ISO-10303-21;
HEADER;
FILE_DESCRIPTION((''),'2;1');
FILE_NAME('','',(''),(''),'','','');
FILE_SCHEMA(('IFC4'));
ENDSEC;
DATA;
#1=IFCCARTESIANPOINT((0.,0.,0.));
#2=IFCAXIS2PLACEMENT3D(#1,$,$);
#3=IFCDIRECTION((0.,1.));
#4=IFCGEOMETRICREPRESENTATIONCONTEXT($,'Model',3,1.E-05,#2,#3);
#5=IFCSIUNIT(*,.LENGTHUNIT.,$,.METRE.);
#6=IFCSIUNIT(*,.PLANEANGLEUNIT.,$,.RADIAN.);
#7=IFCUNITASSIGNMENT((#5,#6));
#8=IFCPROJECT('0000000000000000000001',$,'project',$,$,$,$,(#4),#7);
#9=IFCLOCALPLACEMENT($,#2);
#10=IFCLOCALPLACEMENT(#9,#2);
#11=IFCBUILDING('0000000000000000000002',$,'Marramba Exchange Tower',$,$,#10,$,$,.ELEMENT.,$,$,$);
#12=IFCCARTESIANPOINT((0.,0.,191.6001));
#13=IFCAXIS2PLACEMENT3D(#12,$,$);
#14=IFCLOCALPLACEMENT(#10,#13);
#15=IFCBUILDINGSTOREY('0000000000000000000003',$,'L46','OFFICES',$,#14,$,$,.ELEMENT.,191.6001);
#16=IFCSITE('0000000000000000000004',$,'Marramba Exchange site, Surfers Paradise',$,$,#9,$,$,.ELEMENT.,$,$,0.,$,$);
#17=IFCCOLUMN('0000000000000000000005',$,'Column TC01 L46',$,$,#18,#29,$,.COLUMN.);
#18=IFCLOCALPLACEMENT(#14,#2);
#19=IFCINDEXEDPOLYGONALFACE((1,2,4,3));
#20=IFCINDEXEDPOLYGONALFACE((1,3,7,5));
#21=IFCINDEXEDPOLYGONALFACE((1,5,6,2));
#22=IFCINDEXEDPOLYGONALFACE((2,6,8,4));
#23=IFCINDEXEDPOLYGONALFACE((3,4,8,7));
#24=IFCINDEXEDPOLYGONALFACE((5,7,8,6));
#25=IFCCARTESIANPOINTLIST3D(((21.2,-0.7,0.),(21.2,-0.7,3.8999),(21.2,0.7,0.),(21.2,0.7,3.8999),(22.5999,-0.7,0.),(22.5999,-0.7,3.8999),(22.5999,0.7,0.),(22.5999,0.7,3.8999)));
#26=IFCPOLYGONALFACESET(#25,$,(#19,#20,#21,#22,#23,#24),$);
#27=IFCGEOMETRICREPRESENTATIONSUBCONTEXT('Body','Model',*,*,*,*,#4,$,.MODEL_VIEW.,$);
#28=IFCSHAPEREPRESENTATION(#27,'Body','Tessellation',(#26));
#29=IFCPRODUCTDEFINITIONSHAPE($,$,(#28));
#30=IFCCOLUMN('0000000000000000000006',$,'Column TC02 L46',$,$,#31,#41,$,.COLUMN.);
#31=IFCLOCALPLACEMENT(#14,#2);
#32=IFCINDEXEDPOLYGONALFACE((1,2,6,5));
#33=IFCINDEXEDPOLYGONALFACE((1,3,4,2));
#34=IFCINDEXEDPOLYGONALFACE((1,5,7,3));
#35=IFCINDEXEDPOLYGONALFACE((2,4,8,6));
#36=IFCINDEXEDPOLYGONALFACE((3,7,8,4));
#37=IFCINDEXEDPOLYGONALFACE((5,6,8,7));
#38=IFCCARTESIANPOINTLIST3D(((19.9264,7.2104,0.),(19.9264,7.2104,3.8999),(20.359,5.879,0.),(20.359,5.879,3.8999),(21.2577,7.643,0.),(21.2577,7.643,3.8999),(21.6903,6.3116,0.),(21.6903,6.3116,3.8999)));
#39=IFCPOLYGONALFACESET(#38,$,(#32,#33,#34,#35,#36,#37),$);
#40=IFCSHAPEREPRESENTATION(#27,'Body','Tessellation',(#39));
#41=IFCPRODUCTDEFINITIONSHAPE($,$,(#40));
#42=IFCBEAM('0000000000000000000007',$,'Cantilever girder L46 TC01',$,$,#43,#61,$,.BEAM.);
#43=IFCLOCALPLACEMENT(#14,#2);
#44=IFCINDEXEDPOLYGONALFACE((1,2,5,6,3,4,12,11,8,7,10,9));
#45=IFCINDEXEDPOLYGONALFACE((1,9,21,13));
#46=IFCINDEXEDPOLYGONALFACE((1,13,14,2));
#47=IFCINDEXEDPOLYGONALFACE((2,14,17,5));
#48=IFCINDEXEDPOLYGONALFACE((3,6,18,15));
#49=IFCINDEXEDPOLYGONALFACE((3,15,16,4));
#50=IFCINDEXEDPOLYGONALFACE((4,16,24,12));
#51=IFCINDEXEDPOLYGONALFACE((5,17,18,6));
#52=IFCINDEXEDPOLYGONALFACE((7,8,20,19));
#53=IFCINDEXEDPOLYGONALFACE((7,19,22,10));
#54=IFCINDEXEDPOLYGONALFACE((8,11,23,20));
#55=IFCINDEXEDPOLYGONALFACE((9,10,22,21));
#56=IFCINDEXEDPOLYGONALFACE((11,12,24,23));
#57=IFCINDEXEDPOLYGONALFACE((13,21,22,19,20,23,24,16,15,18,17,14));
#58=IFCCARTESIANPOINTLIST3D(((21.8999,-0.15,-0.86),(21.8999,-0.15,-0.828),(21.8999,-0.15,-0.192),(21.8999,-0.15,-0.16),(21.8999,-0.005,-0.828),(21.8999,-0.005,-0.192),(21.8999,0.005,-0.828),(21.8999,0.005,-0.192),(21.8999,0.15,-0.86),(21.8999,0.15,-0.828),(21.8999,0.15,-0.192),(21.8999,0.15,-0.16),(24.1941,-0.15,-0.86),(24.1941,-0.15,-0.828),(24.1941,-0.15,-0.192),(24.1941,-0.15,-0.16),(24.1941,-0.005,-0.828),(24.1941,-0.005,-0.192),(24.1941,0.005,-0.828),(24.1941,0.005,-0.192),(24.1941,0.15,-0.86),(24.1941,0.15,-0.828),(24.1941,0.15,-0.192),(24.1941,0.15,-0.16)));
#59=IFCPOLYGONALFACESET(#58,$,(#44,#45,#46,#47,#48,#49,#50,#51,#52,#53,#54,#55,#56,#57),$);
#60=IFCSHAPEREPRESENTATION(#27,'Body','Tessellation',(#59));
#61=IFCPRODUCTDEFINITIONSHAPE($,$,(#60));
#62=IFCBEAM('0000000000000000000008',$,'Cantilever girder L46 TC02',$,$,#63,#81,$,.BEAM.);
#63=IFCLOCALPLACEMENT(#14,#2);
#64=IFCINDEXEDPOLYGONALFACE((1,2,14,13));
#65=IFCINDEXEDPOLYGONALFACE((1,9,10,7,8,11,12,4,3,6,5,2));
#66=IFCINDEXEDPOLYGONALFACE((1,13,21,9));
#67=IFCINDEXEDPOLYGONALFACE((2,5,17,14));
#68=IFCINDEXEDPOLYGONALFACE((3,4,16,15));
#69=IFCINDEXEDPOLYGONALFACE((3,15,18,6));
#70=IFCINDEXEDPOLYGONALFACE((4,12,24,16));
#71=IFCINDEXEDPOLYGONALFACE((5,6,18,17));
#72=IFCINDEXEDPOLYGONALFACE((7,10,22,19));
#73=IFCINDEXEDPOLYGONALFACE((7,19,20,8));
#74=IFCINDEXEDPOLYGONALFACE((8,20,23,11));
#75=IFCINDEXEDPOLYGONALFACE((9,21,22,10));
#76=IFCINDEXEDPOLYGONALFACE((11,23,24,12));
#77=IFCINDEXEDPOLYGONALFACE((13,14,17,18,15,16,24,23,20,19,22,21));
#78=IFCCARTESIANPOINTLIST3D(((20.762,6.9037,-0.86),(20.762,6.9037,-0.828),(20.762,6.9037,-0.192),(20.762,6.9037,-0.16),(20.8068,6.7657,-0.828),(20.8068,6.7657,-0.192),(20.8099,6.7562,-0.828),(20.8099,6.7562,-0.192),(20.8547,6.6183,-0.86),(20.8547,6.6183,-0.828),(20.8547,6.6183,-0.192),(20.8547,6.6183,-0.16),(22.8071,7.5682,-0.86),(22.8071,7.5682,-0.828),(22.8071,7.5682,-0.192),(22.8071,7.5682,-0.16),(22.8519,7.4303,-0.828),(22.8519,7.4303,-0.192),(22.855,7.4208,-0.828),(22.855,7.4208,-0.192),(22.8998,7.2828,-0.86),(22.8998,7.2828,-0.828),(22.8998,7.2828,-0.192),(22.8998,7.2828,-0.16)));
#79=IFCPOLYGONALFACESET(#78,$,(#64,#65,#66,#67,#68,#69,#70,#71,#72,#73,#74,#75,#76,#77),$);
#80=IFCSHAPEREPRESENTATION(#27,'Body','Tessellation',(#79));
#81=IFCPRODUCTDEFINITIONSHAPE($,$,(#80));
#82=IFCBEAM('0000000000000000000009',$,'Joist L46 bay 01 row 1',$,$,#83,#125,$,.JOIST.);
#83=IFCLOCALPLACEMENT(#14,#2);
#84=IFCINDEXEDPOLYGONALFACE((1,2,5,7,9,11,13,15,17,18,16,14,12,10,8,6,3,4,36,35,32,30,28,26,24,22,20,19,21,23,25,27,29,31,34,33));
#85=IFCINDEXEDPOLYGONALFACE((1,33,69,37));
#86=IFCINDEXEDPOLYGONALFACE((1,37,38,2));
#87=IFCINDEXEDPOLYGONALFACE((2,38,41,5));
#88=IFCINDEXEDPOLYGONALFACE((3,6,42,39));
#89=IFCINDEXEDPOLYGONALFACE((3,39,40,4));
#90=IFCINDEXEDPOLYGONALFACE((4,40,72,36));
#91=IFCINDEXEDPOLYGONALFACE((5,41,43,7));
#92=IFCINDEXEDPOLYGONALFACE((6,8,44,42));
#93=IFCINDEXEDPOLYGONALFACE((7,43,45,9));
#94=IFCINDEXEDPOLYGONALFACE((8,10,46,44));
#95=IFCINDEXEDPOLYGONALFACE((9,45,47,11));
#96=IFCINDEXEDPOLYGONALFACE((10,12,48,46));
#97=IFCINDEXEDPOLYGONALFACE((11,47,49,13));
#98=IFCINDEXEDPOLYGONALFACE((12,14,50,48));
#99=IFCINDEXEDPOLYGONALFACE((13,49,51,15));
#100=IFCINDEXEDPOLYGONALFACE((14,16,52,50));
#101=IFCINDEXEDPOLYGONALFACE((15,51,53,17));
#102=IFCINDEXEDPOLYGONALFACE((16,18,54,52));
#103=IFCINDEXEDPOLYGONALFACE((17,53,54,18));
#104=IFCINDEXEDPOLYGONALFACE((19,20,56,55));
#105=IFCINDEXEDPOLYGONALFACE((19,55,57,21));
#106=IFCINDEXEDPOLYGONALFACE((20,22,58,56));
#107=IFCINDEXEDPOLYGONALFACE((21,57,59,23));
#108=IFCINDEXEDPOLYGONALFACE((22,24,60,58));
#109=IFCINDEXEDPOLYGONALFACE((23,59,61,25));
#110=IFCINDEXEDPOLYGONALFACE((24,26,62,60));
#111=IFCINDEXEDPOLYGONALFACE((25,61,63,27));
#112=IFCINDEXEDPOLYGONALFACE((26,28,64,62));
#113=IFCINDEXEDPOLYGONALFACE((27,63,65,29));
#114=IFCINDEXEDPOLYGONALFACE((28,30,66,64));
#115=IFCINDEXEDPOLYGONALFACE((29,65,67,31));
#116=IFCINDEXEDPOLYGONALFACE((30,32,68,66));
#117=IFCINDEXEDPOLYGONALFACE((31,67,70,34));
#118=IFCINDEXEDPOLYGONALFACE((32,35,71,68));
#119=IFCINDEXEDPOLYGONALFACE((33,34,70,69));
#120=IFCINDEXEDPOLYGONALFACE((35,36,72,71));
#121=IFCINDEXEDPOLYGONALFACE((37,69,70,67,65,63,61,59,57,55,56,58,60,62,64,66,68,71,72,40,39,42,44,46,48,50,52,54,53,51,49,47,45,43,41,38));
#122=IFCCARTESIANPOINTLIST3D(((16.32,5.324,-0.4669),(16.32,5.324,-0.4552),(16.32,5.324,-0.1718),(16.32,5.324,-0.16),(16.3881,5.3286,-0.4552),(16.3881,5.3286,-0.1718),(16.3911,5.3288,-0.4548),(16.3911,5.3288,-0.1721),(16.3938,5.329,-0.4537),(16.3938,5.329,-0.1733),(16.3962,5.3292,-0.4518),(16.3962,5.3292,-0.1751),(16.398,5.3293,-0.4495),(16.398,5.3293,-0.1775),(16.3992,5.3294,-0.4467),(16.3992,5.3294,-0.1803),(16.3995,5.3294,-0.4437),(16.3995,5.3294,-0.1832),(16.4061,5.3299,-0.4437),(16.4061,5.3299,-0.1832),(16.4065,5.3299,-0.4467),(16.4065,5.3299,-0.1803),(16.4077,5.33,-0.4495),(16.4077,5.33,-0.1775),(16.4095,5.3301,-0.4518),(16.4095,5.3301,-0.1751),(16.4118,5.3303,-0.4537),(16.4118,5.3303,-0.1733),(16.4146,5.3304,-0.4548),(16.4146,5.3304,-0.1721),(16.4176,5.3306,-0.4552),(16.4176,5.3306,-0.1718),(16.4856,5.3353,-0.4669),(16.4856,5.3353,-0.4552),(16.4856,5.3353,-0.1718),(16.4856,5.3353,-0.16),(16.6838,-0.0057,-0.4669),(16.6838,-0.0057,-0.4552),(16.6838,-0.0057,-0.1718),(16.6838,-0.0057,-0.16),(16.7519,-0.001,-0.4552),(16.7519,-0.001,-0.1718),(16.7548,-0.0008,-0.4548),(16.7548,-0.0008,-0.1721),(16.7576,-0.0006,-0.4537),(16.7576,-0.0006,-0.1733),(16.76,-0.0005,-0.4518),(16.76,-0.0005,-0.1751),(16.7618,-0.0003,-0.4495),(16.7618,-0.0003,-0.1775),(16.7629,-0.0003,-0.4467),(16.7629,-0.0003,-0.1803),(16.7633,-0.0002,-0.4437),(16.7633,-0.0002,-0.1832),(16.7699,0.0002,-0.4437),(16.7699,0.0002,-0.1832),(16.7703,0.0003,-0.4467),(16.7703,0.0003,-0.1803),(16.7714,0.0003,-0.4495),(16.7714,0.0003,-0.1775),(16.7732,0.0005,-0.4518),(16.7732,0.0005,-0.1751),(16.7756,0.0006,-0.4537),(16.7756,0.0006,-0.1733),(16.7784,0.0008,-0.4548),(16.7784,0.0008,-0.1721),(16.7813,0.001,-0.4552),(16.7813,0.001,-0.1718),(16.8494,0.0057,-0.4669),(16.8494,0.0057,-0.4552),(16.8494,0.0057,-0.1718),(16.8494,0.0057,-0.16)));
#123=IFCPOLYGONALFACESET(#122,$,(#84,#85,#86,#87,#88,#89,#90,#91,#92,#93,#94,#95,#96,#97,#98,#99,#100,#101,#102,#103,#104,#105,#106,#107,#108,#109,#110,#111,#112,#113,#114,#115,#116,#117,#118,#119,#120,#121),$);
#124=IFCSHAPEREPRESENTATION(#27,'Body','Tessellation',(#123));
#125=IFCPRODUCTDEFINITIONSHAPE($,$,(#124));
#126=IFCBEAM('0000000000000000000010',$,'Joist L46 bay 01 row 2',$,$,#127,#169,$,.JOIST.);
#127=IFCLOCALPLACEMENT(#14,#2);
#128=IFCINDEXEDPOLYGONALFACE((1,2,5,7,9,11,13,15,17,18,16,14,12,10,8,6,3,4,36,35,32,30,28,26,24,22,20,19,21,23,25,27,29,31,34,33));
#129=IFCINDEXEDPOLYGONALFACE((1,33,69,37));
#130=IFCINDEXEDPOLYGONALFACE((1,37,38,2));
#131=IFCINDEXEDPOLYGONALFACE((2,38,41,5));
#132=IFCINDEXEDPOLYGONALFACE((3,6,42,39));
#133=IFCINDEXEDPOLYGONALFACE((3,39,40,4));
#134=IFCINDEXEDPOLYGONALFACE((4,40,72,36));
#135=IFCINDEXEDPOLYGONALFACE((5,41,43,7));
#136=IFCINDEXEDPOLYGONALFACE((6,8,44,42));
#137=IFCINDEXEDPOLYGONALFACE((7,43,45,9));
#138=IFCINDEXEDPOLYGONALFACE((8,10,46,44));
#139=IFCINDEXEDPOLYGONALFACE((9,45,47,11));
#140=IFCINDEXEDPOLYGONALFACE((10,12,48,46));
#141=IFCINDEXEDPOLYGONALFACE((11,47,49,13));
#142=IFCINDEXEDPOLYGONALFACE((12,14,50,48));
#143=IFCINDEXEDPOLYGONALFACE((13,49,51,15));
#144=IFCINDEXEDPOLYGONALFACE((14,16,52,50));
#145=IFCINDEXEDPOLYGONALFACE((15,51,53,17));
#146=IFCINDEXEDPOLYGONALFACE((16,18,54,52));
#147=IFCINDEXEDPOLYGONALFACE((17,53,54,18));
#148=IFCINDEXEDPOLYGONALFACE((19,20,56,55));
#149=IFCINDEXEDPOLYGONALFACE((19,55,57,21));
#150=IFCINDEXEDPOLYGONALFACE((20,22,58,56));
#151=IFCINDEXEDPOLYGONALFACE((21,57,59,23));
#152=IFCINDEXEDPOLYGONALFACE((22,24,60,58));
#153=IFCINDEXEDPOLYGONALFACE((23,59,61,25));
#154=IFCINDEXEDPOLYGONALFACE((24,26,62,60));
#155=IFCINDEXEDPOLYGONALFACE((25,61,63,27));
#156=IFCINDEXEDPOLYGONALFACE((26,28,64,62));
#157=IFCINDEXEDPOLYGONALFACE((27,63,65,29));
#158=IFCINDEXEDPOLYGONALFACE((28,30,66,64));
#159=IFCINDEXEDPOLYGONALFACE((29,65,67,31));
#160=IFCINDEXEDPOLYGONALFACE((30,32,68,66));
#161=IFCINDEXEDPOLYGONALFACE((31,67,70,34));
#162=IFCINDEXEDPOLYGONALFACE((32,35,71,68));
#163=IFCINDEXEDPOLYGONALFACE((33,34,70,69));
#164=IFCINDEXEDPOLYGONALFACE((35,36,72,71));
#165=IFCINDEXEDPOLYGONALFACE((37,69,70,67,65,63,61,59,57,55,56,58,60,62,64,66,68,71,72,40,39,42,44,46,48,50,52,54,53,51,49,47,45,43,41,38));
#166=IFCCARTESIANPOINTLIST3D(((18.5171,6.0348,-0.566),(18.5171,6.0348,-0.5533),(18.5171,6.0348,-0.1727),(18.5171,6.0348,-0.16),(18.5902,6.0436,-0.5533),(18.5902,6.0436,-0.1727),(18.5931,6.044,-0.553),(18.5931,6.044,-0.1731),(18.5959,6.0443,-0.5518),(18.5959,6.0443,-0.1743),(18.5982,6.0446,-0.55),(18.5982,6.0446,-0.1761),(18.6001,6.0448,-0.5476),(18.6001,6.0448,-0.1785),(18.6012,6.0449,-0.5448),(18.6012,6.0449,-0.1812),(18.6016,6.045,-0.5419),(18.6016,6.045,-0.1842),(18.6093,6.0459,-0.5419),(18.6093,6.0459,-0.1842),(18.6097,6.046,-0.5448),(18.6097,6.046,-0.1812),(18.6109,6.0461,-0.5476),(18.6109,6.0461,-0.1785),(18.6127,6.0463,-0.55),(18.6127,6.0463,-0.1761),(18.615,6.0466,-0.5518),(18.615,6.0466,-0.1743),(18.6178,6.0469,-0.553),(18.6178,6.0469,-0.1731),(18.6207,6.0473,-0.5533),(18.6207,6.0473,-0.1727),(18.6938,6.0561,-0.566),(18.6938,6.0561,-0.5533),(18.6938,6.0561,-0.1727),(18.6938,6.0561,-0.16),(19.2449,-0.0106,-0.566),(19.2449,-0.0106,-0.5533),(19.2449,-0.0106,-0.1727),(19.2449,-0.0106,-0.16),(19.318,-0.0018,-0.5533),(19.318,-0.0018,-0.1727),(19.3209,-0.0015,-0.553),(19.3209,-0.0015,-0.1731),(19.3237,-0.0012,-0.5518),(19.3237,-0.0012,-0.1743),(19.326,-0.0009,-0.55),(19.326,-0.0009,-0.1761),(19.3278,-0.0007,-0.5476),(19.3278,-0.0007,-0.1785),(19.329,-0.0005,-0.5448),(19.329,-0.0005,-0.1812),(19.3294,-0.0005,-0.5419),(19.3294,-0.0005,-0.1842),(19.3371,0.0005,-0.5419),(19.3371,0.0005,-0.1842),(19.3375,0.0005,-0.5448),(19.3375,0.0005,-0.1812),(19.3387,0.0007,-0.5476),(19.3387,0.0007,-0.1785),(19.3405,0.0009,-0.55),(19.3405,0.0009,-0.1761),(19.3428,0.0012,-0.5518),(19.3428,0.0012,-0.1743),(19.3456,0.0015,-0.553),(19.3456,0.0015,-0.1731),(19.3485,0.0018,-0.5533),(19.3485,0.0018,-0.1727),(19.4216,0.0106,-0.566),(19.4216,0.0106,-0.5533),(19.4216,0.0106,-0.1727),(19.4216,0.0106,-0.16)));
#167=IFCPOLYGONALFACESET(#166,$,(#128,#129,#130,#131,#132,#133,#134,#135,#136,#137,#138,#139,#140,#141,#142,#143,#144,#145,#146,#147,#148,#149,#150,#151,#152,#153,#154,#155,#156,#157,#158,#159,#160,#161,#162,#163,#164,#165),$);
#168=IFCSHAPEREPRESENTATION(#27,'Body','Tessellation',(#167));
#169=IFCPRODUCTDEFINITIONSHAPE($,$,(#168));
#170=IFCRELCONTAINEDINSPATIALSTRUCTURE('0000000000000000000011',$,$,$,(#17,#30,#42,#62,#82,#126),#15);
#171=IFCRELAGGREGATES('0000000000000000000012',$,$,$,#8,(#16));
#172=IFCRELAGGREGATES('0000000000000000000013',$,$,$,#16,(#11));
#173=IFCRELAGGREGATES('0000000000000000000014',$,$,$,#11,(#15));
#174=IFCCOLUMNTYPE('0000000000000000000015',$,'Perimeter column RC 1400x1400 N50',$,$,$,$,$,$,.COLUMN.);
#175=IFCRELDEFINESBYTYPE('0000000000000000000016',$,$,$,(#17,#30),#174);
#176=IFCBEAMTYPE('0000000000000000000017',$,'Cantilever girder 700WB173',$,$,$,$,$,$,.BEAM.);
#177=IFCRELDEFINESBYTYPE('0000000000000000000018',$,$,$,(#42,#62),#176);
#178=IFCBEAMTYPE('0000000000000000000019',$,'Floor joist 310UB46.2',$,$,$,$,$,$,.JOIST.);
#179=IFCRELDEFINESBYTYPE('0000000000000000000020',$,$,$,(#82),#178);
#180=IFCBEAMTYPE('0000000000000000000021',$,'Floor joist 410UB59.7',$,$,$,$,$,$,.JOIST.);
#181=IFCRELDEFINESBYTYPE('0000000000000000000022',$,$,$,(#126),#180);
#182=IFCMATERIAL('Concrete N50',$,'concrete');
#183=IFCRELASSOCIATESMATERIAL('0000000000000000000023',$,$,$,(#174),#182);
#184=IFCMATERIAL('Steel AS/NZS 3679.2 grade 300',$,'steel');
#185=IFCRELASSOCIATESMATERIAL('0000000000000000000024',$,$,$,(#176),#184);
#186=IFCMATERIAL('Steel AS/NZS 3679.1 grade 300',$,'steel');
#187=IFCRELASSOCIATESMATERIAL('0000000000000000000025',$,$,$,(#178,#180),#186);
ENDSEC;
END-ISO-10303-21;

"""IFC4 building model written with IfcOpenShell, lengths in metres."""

from ifc_helpers import new_model, si_unit, direction, frame, origin, origin_2d, place, context, subcontext, project, spatial, rectangle, i_section, extrude, material, material_profile, profile_set, type_object, element, save


model = new_model("IFC4")

# Units and contexts
model_context = context("Model", 3, precision=1e-05, world=origin(), true_north=direction((0.0, 1.0)))
body_context = subcontext(model_context, "Body", "Model", "MODEL_VIEW")
ifc_project = project(units=[si_unit("LENGTHUNIT", "METRE"), si_unit("PLANEANGLEUNIT", "RADIAN")], contexts=[model_context])

# Site, building, storey
site_placement = place(None, origin())
site = spatial("IfcSite", under=ifc_project, at=site_placement, Name="Marramba Exchange site, Surfers Paradise", CompositionType="ELEMENT", RefElevation=0.0)
building_placement = place(site_placement, origin())
building = spatial("IfcBuilding", under=site, at=building_placement, Name="Marramba Exchange Tower", CompositionType="ELEMENT")
storey_placement = place(building_placement, frame((0.0, 0.0, 191.6001)))
storey = spatial("IfcBuildingStorey", under=building, at=storey_placement, Name="L46", Description="OFFICES", CompositionType="ELEMENT", Elevation=191.6001)

# Columns
ifc_material_1 = material(Name="Concrete N50", Category="concrete")
ifc_material_profile_1 = material_profile(ifc_material_1, rectangle(XDim=1.3999, YDim=1.3999, at=origin_2d()), Name="RC 1400x1400")
ifc_profile_set_1 = profile_set([ifc_material_profile_1], Name="Concrete N50")
column_type = type_object("IfcColumnType", Name="Perimeter column RC 1400x1400 N50", PredefinedType="COLUMN", material=ifc_profile_set_1)
for number, where, z_axis, x_axis, name in (
    (1, (21.8999, 0.0, 0.0), (0.0, 0.0, 1.0), (1.0, 0.0, 0.0), "Column TC01 L46"),
    (2, (20.8083, 6.761, 0.0), (0.0, 0.0, 1.0), (0.951057, 0.309017, 0.0), "Column TC02 L46"),
):
    element("IfcColumn", number, at=place(storey_placement, frame(where, z_axis=z_axis, x_axis=x_axis)), inside=storey, type_object=column_type, Name=name, PredefinedType="COLUMN", context=body_context, shape_type="SweptSolid", body=[
        extrude(rectangle(XDim=1.3999, YDim=1.3999, at=origin_2d()), origin(), (0.0, 0.0, 1.0), 3.8999),
    ])

# Beams
ifc_material_2 = material(Name="Steel AS/NZS 3679.2 grade 300", Category="steel")
ifc_material_profile_2 = material_profile(ifc_material_2, i_section(OverallWidth=0.3, OverallDepth=0.7, WebThickness=0.01, FlangeThickness=0.032, at=origin_2d()), Name="700WB173")
ifc_profile_set_2 = profile_set([ifc_material_profile_2], Name="Steel AS/NZS 3679.2 grade 300")
beam_type_1 = type_object("IfcBeamType", Name="Cantilever girder 700WB173", PredefinedType="BEAM", material=ifc_profile_set_2)
beam_1_placement = place(storey_placement, frame((21.8999, 0.0, -0.51), z_axis=(1.0, 0.0, 0.0), x_axis=(0.0, 1.0, 0.0)))
element("IfcBeam", 3, at=beam_1_placement, inside=storey, type_object=beam_type_1, Name="Cantilever girder L46 TC01", PredefinedType="BEAM", context=body_context, shape_type="SweptSolid", body=[
    extrude(i_section(OverallWidth=0.3, OverallDepth=0.7, WebThickness=0.01, FlangeThickness=0.032, at=origin_2d()), origin(), (0.0, 0.0, 1.0), 2.2942),
])
beam_2_placement = place(storey_placement, frame((20.8083, 6.761, -0.51), z_axis=(0.951052, 0.309032, 0.0), x_axis=(-0.309032, 0.951052, 0.0)))
element("IfcBeam", 4, at=beam_2_placement, inside=storey, type_object=beam_type_1, Name="Cantilever girder L46 TC02", PredefinedType="BEAM", context=body_context, shape_type="SweptSolid", body=[
    extrude(i_section(OverallWidth=0.3, OverallDepth=0.7, WebThickness=0.01, FlangeThickness=0.032, at=origin_2d()), origin(), (0.0, 0.0, 1.0), 2.1504),
])
ifc_material_3 = material(Name="Steel AS/NZS 3679.1 grade 300", Category="steel")
ifc_material_profile_3 = material_profile(ifc_material_3, i_section(OverallWidth=0.166, OverallDepth=0.3069, WebThickness=0.0066, FlangeThickness=0.0117, FilletRadius=0.0115, at=origin_2d()), Name="310UB46.2")
ifc_profile_set_3 = profile_set([ifc_material_profile_3], Name="Steel AS/NZS 3679.1 grade 300")
beam_type_2 = type_object("IfcBeamType", Name="Floor joist 310UB46.2", PredefinedType="JOIST", material=ifc_profile_set_3)
beam_3_placement = place(storey_placement, frame((16.7666, 0.0, -0.3135), z_axis=(-0.068096, 0.997679, 0.0), x_axis=(-0.997679, -0.068096, 0.0)))
element("IfcBeam", 5, at=beam_3_placement, inside=storey, type_object=beam_type_2, Name="Joist L46 bay 01 row 1", PredefinedType="JOIST", context=body_context, shape_type="SweptSolid", body=[
    extrude(i_section(OverallWidth=0.166, OverallDepth=0.3069, WebThickness=0.0066, FlangeThickness=0.0117, FilletRadius=0.0115, at=origin_2d()), origin(), (0.0, 0.0, 1.0), 5.342),
])
ifc_material_profile_4 = material_profile(ifc_material_3, i_section(OverallWidth=0.178, OverallDepth=0.406, WebThickness=0.0078, FlangeThickness=0.0127, FilletRadius=0.0115, at=origin_2d()), Name="410UB59.7")
ifc_profile_set_4 = profile_set([ifc_material_profile_4], Name="Steel AS/NZS 3679.1 grade 300")
beam_type_3 = type_object("IfcBeamType", Name="Floor joist 410UB59.7", PredefinedType="JOIST", material=ifc_profile_set_4)
beam_4_placement = place(storey_placement, frame((19.3333, 0.0, -0.363), z_axis=(-0.119523, 0.992831, 0.0), x_axis=(-0.992831, -0.119523, 0.0)))
element("IfcBeam", 6, at=beam_4_placement, inside=storey, type_object=beam_type_3, Name="Joist L46 bay 01 row 2", PredefinedType="JOIST", context=body_context, shape_type="SweptSolid", body=[
    extrude(i_section(OverallWidth=0.178, OverallDepth=0.406, WebThickness=0.0078, FlangeThickness=0.0127, FilletRadius=0.0115, at=origin_2d()), origin(), (0.0, 0.0, 1.0), 6.0891),
])

save(model, "model.ifc")
